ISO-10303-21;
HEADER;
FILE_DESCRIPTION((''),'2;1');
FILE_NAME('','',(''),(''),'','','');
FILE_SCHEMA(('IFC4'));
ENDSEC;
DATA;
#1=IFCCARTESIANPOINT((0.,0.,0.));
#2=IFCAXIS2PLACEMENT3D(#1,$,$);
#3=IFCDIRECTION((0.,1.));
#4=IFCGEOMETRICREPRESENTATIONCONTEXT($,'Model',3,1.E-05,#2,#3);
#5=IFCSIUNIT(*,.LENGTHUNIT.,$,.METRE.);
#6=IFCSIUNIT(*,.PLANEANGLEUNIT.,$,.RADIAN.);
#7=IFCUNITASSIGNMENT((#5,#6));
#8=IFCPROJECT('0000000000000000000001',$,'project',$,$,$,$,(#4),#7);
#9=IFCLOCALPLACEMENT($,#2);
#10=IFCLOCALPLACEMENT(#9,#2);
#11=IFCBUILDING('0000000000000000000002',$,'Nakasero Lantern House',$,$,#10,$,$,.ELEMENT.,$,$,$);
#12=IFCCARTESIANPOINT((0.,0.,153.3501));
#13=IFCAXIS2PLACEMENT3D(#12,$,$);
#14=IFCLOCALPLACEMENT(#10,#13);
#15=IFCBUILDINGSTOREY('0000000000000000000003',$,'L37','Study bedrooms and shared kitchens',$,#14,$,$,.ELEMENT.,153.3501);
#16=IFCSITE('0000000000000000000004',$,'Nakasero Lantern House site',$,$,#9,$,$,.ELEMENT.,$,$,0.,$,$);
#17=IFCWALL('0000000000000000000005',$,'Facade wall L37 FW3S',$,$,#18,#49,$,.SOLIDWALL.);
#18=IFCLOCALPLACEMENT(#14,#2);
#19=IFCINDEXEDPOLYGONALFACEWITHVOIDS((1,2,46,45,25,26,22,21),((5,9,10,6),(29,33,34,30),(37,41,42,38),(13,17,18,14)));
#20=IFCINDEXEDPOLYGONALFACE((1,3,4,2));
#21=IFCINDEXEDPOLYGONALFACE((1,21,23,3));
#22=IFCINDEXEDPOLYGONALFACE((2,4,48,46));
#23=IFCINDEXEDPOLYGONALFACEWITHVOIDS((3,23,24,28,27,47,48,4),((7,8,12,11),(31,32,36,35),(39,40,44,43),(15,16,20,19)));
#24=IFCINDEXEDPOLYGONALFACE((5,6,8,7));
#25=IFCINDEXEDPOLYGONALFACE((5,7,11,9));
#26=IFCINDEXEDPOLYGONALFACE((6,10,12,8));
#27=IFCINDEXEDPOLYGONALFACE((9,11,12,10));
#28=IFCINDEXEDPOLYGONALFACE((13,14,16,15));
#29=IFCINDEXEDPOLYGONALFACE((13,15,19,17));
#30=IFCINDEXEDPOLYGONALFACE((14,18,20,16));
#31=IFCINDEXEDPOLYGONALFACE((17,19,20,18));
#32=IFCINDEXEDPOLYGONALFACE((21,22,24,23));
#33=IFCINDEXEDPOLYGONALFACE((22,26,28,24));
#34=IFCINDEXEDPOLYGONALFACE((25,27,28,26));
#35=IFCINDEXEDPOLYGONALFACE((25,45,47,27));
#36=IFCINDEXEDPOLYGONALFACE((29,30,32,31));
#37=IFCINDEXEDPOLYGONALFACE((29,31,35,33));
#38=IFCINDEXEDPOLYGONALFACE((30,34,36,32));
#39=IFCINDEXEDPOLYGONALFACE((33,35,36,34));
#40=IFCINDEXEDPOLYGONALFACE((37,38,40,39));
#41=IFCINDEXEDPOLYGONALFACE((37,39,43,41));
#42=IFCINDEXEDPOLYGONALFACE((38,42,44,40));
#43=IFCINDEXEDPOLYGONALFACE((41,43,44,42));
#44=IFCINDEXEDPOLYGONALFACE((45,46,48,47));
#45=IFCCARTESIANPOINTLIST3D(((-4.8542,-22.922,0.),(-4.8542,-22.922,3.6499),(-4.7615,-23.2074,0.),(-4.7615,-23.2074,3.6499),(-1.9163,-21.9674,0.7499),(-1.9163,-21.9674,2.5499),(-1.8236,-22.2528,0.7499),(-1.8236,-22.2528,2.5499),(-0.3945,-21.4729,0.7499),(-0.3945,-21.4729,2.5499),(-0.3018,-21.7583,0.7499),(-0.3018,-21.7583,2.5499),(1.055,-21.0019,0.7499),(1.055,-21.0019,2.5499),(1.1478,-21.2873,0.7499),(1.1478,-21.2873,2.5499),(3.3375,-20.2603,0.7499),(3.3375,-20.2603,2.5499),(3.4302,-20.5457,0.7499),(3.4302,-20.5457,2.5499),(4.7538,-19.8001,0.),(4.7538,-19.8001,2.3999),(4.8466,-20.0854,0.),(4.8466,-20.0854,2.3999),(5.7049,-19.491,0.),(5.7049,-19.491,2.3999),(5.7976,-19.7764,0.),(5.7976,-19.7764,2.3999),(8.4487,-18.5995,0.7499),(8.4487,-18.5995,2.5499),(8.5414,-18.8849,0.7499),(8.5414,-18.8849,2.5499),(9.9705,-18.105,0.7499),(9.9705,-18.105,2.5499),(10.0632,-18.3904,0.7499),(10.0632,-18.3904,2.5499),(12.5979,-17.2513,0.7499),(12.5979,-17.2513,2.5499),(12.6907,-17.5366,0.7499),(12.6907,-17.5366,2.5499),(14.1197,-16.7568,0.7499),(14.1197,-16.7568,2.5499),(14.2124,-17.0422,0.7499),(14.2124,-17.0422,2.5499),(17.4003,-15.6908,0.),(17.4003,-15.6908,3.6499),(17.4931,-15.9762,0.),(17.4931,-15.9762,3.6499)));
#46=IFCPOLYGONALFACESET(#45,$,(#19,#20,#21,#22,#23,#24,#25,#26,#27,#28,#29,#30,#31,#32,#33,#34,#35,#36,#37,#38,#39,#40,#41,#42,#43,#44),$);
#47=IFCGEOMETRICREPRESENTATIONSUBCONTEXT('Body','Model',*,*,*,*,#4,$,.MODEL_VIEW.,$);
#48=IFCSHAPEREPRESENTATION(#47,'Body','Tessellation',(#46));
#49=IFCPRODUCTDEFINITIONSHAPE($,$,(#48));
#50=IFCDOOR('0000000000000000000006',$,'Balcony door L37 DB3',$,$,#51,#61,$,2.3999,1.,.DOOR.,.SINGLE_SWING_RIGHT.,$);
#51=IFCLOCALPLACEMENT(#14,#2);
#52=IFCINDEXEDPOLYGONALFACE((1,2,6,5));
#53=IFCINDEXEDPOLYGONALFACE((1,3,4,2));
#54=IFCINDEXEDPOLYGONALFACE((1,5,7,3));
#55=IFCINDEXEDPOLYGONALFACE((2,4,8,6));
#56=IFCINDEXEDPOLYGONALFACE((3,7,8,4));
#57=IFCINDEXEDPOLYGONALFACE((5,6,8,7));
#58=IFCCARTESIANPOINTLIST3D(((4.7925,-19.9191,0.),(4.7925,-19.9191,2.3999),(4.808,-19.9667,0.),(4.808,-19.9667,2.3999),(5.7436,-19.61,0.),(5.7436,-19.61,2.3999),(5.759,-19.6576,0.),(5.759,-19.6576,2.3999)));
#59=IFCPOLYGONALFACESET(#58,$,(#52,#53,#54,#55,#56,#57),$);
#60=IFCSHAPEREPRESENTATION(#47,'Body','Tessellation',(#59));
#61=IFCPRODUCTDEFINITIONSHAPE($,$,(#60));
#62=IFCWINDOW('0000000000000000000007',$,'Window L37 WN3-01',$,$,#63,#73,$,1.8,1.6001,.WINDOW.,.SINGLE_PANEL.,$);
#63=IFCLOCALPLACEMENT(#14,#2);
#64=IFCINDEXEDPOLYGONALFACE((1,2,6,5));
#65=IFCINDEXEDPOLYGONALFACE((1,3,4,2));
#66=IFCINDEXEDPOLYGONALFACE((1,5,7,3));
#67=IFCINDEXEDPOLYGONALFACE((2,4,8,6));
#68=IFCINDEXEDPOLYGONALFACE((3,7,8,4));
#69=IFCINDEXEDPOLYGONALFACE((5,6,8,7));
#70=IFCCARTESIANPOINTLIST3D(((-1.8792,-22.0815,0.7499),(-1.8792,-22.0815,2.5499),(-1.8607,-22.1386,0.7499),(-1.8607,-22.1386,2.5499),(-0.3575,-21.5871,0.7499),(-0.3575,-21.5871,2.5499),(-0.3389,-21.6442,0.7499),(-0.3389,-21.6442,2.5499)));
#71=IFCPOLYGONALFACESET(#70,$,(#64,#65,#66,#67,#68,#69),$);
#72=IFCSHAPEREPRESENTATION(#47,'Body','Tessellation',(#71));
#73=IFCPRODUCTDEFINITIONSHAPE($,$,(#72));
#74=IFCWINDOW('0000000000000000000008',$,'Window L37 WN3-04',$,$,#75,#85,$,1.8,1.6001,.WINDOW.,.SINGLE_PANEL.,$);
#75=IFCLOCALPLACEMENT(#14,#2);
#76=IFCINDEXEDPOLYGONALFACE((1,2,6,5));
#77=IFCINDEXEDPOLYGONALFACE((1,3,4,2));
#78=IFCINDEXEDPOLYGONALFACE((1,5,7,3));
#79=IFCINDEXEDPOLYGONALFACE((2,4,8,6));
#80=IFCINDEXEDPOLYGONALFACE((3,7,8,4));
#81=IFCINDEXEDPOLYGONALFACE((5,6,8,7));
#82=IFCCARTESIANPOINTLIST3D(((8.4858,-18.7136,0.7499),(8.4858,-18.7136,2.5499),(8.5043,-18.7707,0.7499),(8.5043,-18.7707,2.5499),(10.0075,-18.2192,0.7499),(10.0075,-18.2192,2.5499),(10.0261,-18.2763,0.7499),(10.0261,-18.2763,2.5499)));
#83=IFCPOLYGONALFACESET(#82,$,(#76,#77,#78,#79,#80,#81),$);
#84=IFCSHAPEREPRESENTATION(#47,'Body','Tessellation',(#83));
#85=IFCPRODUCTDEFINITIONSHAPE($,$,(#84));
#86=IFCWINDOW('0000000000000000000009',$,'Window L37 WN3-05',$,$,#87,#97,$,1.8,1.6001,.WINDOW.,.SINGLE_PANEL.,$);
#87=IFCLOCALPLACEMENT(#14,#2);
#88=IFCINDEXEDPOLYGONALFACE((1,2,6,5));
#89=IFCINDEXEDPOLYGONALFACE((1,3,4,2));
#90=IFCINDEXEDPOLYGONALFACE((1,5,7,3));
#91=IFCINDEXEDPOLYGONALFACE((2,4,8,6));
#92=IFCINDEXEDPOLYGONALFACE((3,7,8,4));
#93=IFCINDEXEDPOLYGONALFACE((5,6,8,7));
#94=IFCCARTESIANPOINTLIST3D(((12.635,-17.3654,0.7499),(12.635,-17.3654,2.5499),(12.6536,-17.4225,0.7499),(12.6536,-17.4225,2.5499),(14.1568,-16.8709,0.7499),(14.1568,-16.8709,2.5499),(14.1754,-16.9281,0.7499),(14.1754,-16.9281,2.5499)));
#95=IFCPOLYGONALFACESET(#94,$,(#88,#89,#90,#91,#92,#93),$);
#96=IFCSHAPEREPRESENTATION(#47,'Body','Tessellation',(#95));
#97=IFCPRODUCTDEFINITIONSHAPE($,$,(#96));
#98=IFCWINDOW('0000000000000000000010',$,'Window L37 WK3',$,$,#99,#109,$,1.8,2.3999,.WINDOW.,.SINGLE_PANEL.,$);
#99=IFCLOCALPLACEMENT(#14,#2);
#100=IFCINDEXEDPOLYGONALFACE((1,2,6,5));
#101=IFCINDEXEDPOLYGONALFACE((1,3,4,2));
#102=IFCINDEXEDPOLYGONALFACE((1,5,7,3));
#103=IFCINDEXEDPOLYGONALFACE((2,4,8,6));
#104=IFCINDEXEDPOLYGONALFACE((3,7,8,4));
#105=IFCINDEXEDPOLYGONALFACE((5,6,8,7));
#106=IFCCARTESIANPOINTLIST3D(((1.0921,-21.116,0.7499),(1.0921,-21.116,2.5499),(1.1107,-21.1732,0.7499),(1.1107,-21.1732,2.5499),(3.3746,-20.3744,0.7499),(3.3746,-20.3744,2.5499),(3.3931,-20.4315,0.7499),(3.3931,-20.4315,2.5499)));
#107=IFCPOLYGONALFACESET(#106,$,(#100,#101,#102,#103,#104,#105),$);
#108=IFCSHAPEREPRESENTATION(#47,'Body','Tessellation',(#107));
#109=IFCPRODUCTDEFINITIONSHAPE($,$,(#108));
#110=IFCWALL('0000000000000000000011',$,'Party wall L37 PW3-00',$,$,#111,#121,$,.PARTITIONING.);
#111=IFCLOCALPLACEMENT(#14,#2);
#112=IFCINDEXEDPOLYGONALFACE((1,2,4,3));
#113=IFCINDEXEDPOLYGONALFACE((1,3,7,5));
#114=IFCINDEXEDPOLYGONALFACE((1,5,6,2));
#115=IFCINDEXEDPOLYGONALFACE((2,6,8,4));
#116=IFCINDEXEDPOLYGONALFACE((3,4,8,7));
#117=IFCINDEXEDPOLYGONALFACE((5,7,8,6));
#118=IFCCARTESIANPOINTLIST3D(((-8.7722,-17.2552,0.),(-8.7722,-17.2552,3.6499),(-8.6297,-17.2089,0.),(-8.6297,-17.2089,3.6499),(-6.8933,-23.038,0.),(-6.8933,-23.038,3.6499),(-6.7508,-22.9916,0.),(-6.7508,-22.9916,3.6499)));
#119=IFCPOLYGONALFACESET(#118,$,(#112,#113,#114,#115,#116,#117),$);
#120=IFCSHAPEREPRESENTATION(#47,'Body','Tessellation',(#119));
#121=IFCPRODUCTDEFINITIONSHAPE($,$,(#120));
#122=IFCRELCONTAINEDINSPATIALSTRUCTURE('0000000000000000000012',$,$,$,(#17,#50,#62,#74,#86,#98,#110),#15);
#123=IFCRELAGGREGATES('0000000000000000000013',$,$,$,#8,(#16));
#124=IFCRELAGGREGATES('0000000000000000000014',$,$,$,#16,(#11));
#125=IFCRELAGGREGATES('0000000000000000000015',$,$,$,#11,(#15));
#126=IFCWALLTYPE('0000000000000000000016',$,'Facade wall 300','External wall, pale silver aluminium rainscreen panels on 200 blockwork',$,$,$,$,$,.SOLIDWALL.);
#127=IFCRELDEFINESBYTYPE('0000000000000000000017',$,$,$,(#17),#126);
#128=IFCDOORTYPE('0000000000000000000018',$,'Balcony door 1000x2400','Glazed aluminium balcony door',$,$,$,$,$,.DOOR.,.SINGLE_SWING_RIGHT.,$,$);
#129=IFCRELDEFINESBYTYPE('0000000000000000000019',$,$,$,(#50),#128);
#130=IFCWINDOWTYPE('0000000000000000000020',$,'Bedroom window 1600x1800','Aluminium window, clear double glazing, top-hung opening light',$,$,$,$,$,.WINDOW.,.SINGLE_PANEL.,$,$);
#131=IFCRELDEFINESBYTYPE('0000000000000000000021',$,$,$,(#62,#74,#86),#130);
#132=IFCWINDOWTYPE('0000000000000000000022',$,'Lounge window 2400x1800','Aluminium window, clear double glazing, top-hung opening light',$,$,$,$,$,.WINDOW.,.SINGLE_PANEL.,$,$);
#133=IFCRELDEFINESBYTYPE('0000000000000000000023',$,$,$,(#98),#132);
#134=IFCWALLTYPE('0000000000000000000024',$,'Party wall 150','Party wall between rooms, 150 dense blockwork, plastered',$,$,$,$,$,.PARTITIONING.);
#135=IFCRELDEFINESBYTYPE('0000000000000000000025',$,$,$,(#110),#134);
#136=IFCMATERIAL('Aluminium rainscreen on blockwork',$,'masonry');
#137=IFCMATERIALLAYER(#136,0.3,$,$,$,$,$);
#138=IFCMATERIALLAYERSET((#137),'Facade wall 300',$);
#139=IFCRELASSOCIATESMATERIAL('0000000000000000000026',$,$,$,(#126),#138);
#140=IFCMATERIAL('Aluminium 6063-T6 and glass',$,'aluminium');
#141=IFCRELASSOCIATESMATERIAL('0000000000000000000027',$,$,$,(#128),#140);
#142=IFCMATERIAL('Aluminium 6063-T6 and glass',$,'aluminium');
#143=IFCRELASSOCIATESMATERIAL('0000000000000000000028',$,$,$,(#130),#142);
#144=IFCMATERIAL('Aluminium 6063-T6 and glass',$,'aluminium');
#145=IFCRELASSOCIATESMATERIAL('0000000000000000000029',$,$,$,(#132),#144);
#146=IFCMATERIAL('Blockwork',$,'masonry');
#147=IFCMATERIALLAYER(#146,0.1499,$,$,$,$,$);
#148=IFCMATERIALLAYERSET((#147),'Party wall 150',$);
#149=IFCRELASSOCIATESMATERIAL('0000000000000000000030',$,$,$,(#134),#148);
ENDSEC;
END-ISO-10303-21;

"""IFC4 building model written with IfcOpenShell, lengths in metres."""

from ifc_helpers import new_model, si_unit, direction, frame, frame_2d, origin, place, context, subcontext, project, spatial, rectangle, extrude, material, layer, layer_set, type_object, element, fill, save


model = new_model("IFC4")

# Units and contexts
model_context = context("Model", 3, precision=1e-05, world=origin(), true_north=direction((0.0, 1.0)))
body_context = subcontext(model_context, "Body", "Model", "MODEL_VIEW")
ifc_project = project(units=[si_unit("LENGTHUNIT", "METRE"), si_unit("PLANEANGLEUNIT", "RADIAN")], contexts=[model_context])

# Site, building, storey
site_placement = place(None, origin())
site = spatial("IfcSite", under=ifc_project, at=site_placement, Name="Nakasero Lantern House site", CompositionType="ELEMENT", RefElevation=0.0)
building_placement = place(site_placement, origin())
building = spatial("IfcBuilding", under=site, at=building_placement, Name="Nakasero Lantern House", CompositionType="ELEMENT")
storey_placement = place(building_placement, frame((0.0, 0.0, 153.3501)))
storey = spatial("IfcBuildingStorey", under=building, at=storey_placement, Name="L37", Description="Study bedrooms and shared kitchens", CompositionType="ELEMENT", Elevation=153.3501)

# Wall, openings, door, windows
ifc_material_1 = material(Name="Aluminium rainscreen on blockwork", Category="masonry")
ifc_layer_1 = layer(ifc_material_1, 0.3)
ifc_layer_set_1 = layer_set([ifc_layer_1], Name="Facade wall 300")
wall_type_1 = type_object("IfcWallType", Name="Facade wall 300", Description="External wall, pale silver aluminium rainscreen panels on 200 blockwork", PredefinedType="SOLIDWALL", material=ifc_layer_set_1)
wall_1_placement = place(storey_placement, frame((-4.8079, -23.0647, 0.0), z_axis=(0.0, 0.0, 1.0), x_axis=(0.951054, 0.309026, 0.0)))
wall_1 = element("IfcWall", 1, at=wall_1_placement, inside=storey, type_object=wall_type_1, Name="Facade wall L37 FW3S", PredefinedType="SOLIDWALL", context=body_context, shape_type="SweptSolid", body=[
    extrude(rectangle(XDim=23.3999, YDim=0.3, at=frame_2d((11.7, 0.0))), origin(), (0.0, 0.0, 1.0), 3.6499),
])
opening_1_placement = place(wall_1_placement, frame((3.0891, 0.0, 0.75)))
opening_1 = element("IfcOpeningElement", 2, at=opening_1_placement, cuts=wall_1, PredefinedType="OPENING", context=body_context, shape_type="SweptSolid", body=[
    extrude(rectangle(XDim=1.6001, YDim=1.8, at=frame_2d((0.8, 0.8999))), frame((0.0, 0.1699, 0.0), z_axis=(0.0, -1.0, 0.0), x_axis=(1.0, 0.0, 0.0)), (0.0, 0.0, 1.0), 0.3401),
])
opening_2_placement = place(wall_1_placement, frame((13.9875, 0.0, 0.75)))
opening_2 = element("IfcOpeningElement", 3, at=opening_2_placement, cuts=wall_1, PredefinedType="OPENING", context=body_context, shape_type="SweptSolid", body=[
    extrude(rectangle(XDim=1.6001, YDim=1.8, at=frame_2d((0.8, 0.8999))), frame((0.0, 0.1699, 0.0), z_axis=(0.0, -1.0, 0.0), x_axis=(1.0, 0.0, 0.0)), (0.0, 0.0, 1.0), 0.3401),
])
opening_3_placement = place(wall_1_placement, frame((18.3503, 0.0, 0.75)))
opening_3 = element("IfcOpeningElement", 4, at=opening_3_placement, cuts=wall_1, PredefinedType="OPENING", context=body_context, shape_type="SweptSolid", body=[
    extrude(rectangle(XDim=1.6001, YDim=1.8, at=frame_2d((0.8, 0.8999))), frame((0.0, 0.1699, 0.0), z_axis=(0.0, -1.0, 0.0), x_axis=(1.0, 0.0, 0.0)), (0.0, 0.0, 1.0), 0.3401),
])
opening_4_placement = place(wall_1_placement, frame((6.2134, 0.0, 0.75)))
opening_4 = element("IfcOpeningElement", 5, at=opening_4_placement, cuts=wall_1, PredefinedType="OPENING", context=body_context, shape_type="SweptSolid", body=[
    extrude(rectangle(XDim=2.3999, YDim=1.8, at=frame_2d((1.2, 0.8999))), frame((0.0, 0.1699, 0.0), z_axis=(0.0, -1.0, 0.0), x_axis=(1.0, 0.0, 0.0)), (0.0, 0.0, 1.0), 0.3401),
])
opening_5_placement = place(wall_1_placement, frame((10.1025, 0.0, 0.0)))
opening_5 = element("IfcOpeningElement", 6, at=opening_5_placement, cuts=wall_1, PredefinedType="OPENING", context=body_context, shape_type="SweptSolid", body=[
    extrude(rectangle(XDim=1.0, YDim=2.3999, at=frame_2d((0.5, 1.2))), frame((0.0, 0.1699, 0.0), z_axis=(0.0, -1.0, 0.0), x_axis=(1.0, 0.0, 0.0)), (0.0, 0.0, 1.0), 0.3401),
])
ifc_material_2 = material(Name="Aluminium 6063-T6 and glass", Category="aluminium")
door_type = type_object("IfcDoorType", Name="Balcony door 1000x2400", Description="Glazed aluminium balcony door", OperationType="SINGLE_SWING_RIGHT", PredefinedType="DOOR", material=ifc_material_2)
door_placement = place(opening_5_placement, origin())
door = element("IfcDoor", 7, at=door_placement, inside=storey, type_object=door_type, Name="Balcony door L37 DB3", OperationType="SINGLE_SWING_RIGHT", OverallHeight=2.3999, OverallWidth=1.0, PredefinedType="DOOR", context=body_context, shape_type="SweptSolid", body=[
    extrude(rectangle(XDim=1.0, YDim=2.3999, at=frame_2d((0.5, 1.2))), frame((0.0, 0.0249, 0.0), z_axis=(0.0, -1.0, 0.0), x_axis=(1.0, 0.0, 0.0)), (0.0, 0.0, 1.0), 0.05),
])
fill(opening_5, door)
ifc_material_3 = material(Name="Aluminium 6063-T6 and glass", Category="aluminium")
window_type_1 = type_object("IfcWindowType", Name="Bedroom window 1600x1800", Description="Aluminium window, clear double glazing, top-hung opening light", PartitioningType="SINGLE_PANEL", PredefinedType="WINDOW", material=ifc_material_3)
window_1_placement = place(opening_1_placement, origin())
window_1 = element("IfcWindow", 8, at=window_1_placement, inside=storey, type_object=window_type_1, Name="Window L37 WN3-01", OverallHeight=1.8, OverallWidth=1.6001, PartitioningType="SINGLE_PANEL", PredefinedType="WINDOW", context=body_context, shape_type="SweptSolid", body=[
    extrude(rectangle(XDim=1.6001, YDim=1.8, at=frame_2d((0.8, 0.8999))), frame((0.0, 0.03, 0.0), z_axis=(0.0, -1.0, 0.0), x_axis=(1.0, 0.0, 0.0)), (0.0, 0.0, 1.0), 0.0601),
])
fill(opening_1, window_1)
window_2_placement = place(opening_2_placement, origin())
window_2 = element("IfcWindow", 9, at=window_2_placement, inside=storey, type_object=window_type_1, Name="Window L37 WN3-04", OverallHeight=1.8, OverallWidth=1.6001, PartitioningType="SINGLE_PANEL", PredefinedType="WINDOW", context=body_context, shape_type="SweptSolid", body=[
    extrude(rectangle(XDim=1.6001, YDim=1.8, at=frame_2d((0.8, 0.8999))), frame((0.0, 0.03, 0.0), z_axis=(0.0, -1.0, 0.0), x_axis=(1.0, 0.0, 0.0)), (0.0, 0.0, 1.0), 0.0601),
])
fill(opening_2, window_2)
window_3_placement = place(opening_3_placement, origin())
window_3 = element("IfcWindow", 10, at=window_3_placement, inside=storey, type_object=window_type_1, Name="Window L37 WN3-05", OverallHeight=1.8, OverallWidth=1.6001, PartitioningType="SINGLE_PANEL", PredefinedType="WINDOW", context=body_context, shape_type="SweptSolid", body=[
    extrude(rectangle(XDim=1.6001, YDim=1.8, at=frame_2d((0.8, 0.8999))), frame((0.0, 0.03, 0.0), z_axis=(0.0, -1.0, 0.0), x_axis=(1.0, 0.0, 0.0)), (0.0, 0.0, 1.0), 0.0601),
])
fill(opening_3, window_3)
ifc_material_4 = material(Name="Aluminium 6063-T6 and glass", Category="aluminium")
window_type_2 = type_object("IfcWindowType", Name="Lounge window 2400x1800", Description="Aluminium window, clear double glazing, top-hung opening light", PartitioningType="SINGLE_PANEL", PredefinedType="WINDOW", material=ifc_material_4)
window_4_placement = place(opening_4_placement, origin())
window_4 = element("IfcWindow", 11, at=window_4_placement, inside=storey, type_object=window_type_2, Name="Window L37 WK3", OverallHeight=1.8, OverallWidth=2.3999, PartitioningType="SINGLE_PANEL", PredefinedType="WINDOW", context=body_context, shape_type="SweptSolid", body=[
    extrude(rectangle(XDim=2.3999, YDim=1.8, at=frame_2d((1.2, 0.8999))), frame((0.0, 0.03, 0.0), z_axis=(0.0, -1.0, 0.0), x_axis=(1.0, 0.0, 0.0)), (0.0, 0.0, 1.0), 0.0601),
])
fill(opening_4, window_4)

# Wall
ifc_material_5 = material(Name="Blockwork", Category="masonry")
ifc_layer_2 = layer(ifc_material_5, 0.1499)
ifc_layer_set_2 = layer_set([ifc_layer_2], Name="Party wall 150")
wall_type_2 = type_object("IfcWallType", Name="Party wall 150", Description="Party wall between rooms, 150 dense blockwork, plastered", PredefinedType="PARTITIONING", material=ifc_layer_set_2)
wall_2_placement = place(storey_placement, frame((-8.7009, -17.2322, 0.0), z_axis=(0.0, 0.0, 1.0), x_axis=(0.309015, -0.951057, 0.0)))
element("IfcWall", 12, at=wall_2_placement, inside=storey, type_object=wall_type_2, Name="Party wall L37 PW3-00", PredefinedType="PARTITIONING", context=body_context, shape_type="SweptSolid", body=[
    extrude(rectangle(XDim=6.0803, YDim=0.1499, at=frame_2d((3.04, 0.0))), origin(), (0.0, 0.0, 1.0), 3.6499),
])

save(model, "model.ifc")
